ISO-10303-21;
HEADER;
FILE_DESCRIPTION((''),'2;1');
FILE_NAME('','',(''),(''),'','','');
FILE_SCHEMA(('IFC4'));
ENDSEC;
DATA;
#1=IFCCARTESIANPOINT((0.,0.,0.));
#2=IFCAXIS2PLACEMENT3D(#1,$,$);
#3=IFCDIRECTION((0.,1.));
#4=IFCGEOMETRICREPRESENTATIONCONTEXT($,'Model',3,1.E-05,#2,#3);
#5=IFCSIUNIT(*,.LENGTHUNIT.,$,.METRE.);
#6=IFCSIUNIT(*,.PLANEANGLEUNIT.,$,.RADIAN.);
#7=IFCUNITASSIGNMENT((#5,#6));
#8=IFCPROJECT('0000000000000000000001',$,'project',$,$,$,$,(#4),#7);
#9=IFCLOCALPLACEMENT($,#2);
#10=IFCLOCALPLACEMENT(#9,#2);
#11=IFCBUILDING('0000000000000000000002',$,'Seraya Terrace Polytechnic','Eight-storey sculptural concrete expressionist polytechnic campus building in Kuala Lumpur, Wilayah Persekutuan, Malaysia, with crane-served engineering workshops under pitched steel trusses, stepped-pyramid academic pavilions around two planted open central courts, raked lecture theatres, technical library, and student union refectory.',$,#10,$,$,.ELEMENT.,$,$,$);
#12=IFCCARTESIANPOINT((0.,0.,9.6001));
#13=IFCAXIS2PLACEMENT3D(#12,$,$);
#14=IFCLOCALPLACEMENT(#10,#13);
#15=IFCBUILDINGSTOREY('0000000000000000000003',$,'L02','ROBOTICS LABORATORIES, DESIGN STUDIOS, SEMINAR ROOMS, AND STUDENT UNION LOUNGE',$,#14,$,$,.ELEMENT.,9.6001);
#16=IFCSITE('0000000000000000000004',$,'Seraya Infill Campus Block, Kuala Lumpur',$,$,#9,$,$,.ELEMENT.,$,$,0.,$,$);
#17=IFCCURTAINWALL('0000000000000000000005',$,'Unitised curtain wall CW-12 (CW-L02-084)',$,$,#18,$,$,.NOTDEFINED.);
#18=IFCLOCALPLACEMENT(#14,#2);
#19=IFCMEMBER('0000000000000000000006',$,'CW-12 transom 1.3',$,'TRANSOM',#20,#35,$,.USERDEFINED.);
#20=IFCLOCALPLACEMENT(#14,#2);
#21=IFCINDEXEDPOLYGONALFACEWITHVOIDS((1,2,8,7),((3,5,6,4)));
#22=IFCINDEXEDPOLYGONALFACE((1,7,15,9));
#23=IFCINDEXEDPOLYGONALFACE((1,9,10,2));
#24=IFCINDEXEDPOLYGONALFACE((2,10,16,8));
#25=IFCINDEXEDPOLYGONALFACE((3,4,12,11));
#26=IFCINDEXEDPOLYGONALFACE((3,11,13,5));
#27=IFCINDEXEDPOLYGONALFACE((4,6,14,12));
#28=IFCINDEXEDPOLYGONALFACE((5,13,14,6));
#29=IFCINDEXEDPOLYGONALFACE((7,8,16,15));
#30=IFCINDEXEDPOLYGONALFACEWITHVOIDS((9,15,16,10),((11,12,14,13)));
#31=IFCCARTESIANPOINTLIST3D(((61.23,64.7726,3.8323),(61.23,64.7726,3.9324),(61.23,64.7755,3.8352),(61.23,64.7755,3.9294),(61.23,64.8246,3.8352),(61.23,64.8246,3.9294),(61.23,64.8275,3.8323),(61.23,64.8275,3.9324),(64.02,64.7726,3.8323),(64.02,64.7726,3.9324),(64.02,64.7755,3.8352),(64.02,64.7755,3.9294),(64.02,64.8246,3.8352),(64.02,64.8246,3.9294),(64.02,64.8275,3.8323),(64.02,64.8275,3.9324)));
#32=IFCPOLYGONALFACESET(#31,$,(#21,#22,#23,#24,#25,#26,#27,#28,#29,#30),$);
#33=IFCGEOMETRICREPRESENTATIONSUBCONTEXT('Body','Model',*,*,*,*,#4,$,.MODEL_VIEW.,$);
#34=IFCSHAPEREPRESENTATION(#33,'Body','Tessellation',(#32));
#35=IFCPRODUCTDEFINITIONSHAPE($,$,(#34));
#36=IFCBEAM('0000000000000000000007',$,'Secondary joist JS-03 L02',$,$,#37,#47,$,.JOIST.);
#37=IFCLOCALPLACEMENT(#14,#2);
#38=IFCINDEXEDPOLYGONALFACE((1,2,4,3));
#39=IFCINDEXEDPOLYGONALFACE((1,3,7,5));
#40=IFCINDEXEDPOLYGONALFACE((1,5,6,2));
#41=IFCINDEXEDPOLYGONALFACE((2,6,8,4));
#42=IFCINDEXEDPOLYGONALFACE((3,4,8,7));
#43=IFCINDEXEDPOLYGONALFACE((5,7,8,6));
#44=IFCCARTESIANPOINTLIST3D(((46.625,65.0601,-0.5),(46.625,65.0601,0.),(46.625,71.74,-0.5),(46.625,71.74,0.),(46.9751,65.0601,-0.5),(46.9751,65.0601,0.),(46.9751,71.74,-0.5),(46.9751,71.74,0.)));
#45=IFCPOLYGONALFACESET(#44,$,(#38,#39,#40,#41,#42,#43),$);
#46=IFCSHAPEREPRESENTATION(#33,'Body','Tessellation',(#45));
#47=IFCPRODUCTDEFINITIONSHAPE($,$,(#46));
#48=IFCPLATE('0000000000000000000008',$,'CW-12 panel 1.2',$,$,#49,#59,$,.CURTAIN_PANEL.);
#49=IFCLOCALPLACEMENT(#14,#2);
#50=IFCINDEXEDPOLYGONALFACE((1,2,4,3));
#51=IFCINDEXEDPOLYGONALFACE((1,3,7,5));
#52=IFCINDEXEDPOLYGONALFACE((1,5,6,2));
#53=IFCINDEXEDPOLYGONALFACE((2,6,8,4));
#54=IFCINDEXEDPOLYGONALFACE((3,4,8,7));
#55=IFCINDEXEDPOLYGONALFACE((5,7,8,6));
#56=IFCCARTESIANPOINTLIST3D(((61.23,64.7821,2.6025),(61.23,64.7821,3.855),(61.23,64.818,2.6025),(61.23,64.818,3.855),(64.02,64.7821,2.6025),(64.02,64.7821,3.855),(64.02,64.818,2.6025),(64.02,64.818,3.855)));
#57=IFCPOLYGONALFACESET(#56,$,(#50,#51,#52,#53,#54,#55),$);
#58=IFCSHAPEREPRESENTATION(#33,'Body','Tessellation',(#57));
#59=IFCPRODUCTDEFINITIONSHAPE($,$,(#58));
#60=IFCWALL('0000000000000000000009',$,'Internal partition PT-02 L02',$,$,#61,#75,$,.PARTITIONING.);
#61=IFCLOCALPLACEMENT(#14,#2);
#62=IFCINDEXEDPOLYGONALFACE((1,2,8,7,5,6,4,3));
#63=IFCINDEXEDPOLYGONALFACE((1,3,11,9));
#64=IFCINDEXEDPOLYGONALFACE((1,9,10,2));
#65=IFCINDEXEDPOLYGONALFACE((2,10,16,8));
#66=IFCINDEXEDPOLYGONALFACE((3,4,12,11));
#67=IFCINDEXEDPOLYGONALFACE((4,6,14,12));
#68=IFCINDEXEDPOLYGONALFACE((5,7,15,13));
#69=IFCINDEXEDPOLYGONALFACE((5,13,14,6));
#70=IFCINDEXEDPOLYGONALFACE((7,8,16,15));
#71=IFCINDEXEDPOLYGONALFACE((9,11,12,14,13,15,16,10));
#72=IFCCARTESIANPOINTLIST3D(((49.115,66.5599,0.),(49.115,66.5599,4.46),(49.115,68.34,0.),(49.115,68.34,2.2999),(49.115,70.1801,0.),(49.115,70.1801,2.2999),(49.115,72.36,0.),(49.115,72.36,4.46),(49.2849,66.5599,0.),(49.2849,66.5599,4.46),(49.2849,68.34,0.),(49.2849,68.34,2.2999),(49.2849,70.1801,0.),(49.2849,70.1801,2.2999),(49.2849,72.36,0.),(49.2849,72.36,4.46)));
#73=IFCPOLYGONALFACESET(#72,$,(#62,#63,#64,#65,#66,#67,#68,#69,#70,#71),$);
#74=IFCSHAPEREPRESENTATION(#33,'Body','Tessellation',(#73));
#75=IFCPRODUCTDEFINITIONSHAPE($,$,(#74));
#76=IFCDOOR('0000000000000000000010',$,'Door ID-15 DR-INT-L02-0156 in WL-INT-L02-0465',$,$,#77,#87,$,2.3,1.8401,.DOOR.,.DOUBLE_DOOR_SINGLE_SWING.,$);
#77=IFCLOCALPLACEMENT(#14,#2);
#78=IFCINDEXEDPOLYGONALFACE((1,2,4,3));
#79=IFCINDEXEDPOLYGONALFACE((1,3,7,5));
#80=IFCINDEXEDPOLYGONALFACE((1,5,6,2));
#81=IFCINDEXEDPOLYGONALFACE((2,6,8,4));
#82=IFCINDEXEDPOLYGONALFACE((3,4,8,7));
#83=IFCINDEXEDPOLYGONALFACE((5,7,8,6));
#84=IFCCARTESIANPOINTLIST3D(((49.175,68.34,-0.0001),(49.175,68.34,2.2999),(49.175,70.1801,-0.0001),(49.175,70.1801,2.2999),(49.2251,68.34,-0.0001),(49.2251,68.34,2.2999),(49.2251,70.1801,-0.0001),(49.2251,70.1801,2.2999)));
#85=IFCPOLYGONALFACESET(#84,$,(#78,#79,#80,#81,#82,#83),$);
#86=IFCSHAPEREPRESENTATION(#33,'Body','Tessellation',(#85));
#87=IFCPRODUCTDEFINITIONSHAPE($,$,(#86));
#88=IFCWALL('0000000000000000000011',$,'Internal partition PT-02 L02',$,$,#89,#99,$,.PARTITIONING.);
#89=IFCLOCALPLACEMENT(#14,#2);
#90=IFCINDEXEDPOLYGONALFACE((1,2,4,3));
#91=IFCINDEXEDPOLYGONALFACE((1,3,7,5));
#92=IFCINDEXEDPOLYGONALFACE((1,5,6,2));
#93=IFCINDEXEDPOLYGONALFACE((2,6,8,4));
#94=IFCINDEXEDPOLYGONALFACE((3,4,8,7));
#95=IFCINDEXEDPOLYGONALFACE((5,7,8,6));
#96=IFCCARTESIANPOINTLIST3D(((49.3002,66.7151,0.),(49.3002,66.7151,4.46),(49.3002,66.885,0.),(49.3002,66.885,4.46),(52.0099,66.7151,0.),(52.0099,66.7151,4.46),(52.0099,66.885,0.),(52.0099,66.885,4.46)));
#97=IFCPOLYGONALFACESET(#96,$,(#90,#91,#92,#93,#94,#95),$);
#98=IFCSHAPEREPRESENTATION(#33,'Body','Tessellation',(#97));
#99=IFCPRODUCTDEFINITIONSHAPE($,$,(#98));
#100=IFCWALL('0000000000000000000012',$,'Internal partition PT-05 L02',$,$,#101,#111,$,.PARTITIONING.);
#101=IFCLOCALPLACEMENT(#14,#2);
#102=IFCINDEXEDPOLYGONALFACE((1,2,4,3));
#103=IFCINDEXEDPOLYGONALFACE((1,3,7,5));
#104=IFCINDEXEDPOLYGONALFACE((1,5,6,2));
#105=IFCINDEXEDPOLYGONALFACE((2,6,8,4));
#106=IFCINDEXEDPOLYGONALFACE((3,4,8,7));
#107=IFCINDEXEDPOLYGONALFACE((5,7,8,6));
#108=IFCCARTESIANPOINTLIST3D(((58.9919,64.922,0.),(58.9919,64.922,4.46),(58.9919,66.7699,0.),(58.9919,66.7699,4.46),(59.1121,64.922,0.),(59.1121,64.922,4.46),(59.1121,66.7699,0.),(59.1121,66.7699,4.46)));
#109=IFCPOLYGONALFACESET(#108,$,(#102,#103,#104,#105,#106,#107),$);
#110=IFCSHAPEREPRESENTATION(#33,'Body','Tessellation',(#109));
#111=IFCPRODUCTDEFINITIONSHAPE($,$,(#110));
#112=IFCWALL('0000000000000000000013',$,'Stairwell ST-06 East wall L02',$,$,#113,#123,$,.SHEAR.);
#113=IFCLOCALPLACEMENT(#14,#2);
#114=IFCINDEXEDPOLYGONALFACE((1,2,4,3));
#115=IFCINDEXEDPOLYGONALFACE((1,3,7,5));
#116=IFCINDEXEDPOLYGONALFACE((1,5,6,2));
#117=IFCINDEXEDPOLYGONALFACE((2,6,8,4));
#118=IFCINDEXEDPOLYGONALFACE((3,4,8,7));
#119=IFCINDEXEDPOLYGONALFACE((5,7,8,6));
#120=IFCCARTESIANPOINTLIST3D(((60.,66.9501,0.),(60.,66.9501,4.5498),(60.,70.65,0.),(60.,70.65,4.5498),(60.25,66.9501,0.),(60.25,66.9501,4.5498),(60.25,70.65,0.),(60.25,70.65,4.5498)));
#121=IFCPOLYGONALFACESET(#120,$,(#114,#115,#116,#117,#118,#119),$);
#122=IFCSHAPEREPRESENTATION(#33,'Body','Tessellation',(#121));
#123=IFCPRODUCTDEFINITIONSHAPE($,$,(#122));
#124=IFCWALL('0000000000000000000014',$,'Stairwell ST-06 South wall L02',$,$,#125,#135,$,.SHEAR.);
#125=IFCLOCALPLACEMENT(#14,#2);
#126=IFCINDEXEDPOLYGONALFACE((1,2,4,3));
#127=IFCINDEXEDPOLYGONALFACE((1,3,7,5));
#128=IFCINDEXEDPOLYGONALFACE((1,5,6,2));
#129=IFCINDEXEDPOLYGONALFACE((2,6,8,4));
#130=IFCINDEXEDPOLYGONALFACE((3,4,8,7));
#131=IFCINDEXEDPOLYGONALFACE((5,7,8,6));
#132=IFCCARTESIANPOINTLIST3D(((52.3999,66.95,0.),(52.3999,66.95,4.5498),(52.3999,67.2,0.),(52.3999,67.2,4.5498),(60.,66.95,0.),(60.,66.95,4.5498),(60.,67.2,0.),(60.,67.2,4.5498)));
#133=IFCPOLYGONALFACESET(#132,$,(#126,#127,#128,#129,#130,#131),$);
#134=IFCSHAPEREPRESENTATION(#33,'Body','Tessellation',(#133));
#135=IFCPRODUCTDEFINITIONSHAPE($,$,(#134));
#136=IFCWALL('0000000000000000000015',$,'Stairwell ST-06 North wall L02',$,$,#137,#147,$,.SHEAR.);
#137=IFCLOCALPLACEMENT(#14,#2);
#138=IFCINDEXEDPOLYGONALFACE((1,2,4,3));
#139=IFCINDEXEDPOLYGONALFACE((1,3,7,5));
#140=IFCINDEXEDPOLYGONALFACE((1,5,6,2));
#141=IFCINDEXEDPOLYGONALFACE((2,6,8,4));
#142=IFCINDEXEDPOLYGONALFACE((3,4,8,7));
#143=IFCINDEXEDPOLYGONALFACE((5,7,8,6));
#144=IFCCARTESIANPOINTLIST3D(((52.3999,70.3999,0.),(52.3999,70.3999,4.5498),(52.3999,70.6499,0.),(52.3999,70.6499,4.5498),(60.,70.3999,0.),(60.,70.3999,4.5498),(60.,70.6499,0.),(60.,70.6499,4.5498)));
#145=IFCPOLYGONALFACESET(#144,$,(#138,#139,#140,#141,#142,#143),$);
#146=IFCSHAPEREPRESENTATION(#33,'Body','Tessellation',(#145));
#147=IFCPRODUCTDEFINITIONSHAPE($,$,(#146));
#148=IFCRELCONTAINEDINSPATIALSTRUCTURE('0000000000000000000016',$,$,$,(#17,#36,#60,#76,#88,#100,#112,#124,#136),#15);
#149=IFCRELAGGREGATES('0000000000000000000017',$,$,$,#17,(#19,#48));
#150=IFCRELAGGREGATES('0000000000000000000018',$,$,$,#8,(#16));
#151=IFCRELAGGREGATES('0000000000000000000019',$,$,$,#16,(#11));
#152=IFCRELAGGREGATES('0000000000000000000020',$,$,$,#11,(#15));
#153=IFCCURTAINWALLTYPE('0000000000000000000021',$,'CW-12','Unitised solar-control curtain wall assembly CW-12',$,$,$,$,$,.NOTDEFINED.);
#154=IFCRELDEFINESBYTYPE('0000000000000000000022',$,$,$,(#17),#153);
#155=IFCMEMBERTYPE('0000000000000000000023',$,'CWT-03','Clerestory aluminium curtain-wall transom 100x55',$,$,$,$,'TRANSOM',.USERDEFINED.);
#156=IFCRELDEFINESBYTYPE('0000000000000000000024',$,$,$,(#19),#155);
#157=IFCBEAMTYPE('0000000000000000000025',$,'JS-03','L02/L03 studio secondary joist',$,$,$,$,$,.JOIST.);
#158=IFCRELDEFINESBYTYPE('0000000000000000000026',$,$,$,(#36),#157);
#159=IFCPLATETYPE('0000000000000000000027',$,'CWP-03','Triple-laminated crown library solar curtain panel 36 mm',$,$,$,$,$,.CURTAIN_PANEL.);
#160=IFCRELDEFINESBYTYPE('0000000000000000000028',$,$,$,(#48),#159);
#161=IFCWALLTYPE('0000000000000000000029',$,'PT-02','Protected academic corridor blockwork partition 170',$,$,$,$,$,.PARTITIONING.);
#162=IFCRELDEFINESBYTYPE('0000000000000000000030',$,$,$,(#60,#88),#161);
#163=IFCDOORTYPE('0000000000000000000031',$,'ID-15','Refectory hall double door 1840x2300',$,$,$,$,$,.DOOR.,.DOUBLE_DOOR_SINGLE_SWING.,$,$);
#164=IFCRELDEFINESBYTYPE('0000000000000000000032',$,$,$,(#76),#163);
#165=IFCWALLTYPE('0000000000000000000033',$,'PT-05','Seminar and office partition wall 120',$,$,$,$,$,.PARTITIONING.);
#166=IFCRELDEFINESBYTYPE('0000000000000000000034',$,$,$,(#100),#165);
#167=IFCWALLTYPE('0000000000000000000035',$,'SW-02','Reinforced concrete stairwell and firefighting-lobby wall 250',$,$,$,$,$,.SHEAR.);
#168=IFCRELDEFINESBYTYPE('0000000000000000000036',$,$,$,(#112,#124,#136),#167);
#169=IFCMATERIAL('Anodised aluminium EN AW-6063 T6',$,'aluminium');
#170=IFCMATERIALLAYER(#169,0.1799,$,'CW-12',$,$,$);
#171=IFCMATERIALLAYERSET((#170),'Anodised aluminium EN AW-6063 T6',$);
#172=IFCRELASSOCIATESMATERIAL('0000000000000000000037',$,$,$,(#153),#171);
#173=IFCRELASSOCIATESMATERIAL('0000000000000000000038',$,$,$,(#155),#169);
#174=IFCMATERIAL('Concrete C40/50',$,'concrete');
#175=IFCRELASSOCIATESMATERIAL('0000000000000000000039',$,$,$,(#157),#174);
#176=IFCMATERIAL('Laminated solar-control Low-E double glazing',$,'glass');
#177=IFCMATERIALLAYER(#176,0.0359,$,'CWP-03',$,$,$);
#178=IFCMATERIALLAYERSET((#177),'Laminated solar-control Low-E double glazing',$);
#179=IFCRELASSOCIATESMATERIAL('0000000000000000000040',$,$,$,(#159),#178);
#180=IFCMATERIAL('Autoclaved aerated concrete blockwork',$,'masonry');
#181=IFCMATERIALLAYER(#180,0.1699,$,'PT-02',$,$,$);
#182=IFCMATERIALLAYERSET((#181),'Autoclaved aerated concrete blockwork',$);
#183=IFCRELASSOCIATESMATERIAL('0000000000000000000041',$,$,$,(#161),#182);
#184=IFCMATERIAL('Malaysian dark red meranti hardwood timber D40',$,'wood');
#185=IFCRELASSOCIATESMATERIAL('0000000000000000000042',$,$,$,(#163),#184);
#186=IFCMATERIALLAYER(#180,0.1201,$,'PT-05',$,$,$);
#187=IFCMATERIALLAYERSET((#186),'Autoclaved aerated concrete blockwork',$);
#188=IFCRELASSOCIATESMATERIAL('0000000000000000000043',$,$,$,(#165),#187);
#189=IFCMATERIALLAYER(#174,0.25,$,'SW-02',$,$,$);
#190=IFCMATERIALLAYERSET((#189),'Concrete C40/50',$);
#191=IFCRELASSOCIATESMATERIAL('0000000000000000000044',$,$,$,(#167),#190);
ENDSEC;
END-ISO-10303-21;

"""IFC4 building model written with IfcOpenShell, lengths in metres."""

from ifc_helpers import new_model, si_unit, direction, frame, frame_2d, origin, origin_2d, place, context, subcontext, project, spatial, rectangle, hollow_rectangle, extrude, material, layer, layer_set, material_profile, profile_set, type_object, element, fill, aggregate, save


model = new_model("IFC4")

# Units and contexts
model_context = context("Model", 3, precision=1e-05, world=origin(), true_north=direction((0.0, 1.0)))
body_context = subcontext(model_context, "Body", "Model", "MODEL_VIEW")
ifc_project = project(units=[si_unit("LENGTHUNIT", "METRE"), si_unit("PLANEANGLEUNIT", "RADIAN")], contexts=[model_context])

# Site, building, storey
site_placement = place(None, origin())
site = spatial("IfcSite", under=ifc_project, at=site_placement, Name="Seraya Infill Campus Block, Kuala Lumpur", CompositionType="ELEMENT", RefElevation=0.0)
building_placement = place(site_placement, origin())
building = spatial("IfcBuilding", under=site, at=building_placement, Name="Seraya Terrace Polytechnic", Description="Eight-storey sculptural concrete expressionist polytechnic campus building in Kuala Lumpur, Wilayah Persekutuan, Malaysia, with crane-served engineering workshops under pitched steel trusses, stepped-pyramid academic pavilions around two planted open central courts, raked lecture theatres, technical library, and student union refectory.", CompositionType="ELEMENT")
storey_placement = place(building_placement, frame((0.0, 0.0, 9.6001)))
storey = spatial("IfcBuildingStorey", under=building, at=storey_placement, Name="L02", Description="ROBOTICS LABORATORIES, DESIGN STUDIOS, SEMINAR ROOMS, AND STUDENT UNION LOUNGE", CompositionType="ELEMENT", Elevation=9.6001)

# Shared definitions
ifc_material_1 = material(Name="Concrete C40/50", Category="concrete")

# Curtain wall, member
ifc_material_2 = material(Name="Anodised aluminium EN AW-6063 T6", Category="aluminium")
ifc_layer_1 = layer(ifc_material_2, 0.1799, Name="CW-12")
ifc_layer_set_1 = layer_set([ifc_layer_1], Name="Anodised aluminium EN AW-6063 T6")
curtain_wall_type = type_object("IfcCurtainWallType", Name="CW-12", Description="Unitised solar-control curtain wall assembly CW-12", PredefinedType="NOTDEFINED", material=ifc_layer_set_1)
curtain_wall_placement = place(storey_placement, origin())
curtain_wall = element("IfcCurtainWall", 1, at=curtain_wall_placement, inside=storey, type_object=curtain_wall_type, Name="Unitised curtain wall CW-12 (CW-L02-084)", PredefinedType="NOTDEFINED")
ifc_material_profile_1 = material_profile(ifc_material_2, hollow_rectangle(XDim=0.0549, YDim=0.1001, WallThickness=0.0029, at=origin_2d()), Name="RHS 100x55x3.0")
ifc_profile_set_1 = profile_set([ifc_material_profile_1], Name="Anodised aluminium EN AW-6063 T6")
member_type_1 = type_object("IfcMemberType", Name="CWT-03", Description="Clerestory aluminium curtain-wall transom 100x55", ElementType="TRANSOM", PredefinedType="USERDEFINED", material=ifc_profile_set_1)
member_1_placement = place(storey_placement, frame((64.02, 64.8, 3.8823), z_axis=(-1.0, 0.0, 0.0), x_axis=(0.0, -1.0, 0.0)))
member_1 = element("IfcMember", 2, at=member_1_placement, type_object=member_type_1, Name="CW-12 transom 1.3", ObjectType="TRANSOM", PredefinedType="USERDEFINED", context=body_context, shape_type="SweptSolid", body=[
    extrude(hollow_rectangle(XDim=0.0549, YDim=0.1001, WallThickness=0.0029, at=origin_2d()), origin(), (0.0, 0.0, 1.0), 2.79),
])

# Beam
ifc_material_profile_2 = material_profile(ifc_material_1, rectangle(XDim=0.3501, YDim=0.5, at=origin_2d()), Name="RC 350x500")
ifc_profile_set_2 = profile_set([ifc_material_profile_2], Name="Concrete C40/50")
beam_type_1 = type_object("IfcBeamType", Name="JS-03", Description="L02/L03 studio secondary joist", PredefinedType="JOIST", material=ifc_profile_set_2)
beam_1_placement = place(storey_placement, frame((46.8, 65.0601, -0.25), z_axis=(0.0, 1.0, 0.0), x_axis=(-1.0, 0.0, 0.0)))
element("IfcBeam", 3, at=beam_1_placement, inside=storey, type_object=beam_type_1, Name="Secondary joist JS-03 L02", PredefinedType="JOIST", context=body_context, shape_type="SweptSolid", body=[
    extrude(rectangle(XDim=0.3501, YDim=0.5, at=origin_2d()), origin(), (0.0, 0.0, 1.0), 6.6799),
])

# Plate
ifc_material_3 = material(Name="Laminated solar-control Low-E double glazing", Category="glass")
ifc_layer_2 = layer(ifc_material_3, 0.0359, Name="CWP-03")
ifc_layer_set_2 = layer_set([ifc_layer_2], Name="Laminated solar-control Low-E double glazing")
plate_type = type_object("IfcPlateType", Name="CWP-03", Description="Triple-laminated crown library solar curtain panel 36 mm", PredefinedType="CURTAIN_PANEL", material=ifc_layer_set_2)
plate_placement = place(storey_placement, frame((62.625, 64.8, 2.6025), z_axis=(0.0, 0.0, 1.0), x_axis=(-1.0, 0.0, 0.0)))
plate = element("IfcPlate", 4, at=plate_placement, type_object=plate_type, Name="CW-12 panel 1.2", PredefinedType="CURTAIN_PANEL", context=body_context, shape_type="SweptSolid", body=[
    extrude(rectangle(XDim=2.79, YDim=0.0359, at=origin_2d()), origin(), (0.0, 0.0, 1.0), 1.2524),
])
aggregate(curtain_wall, [member_1, plate])

# Wall, opening, door
ifc_material_4 = material(Name="Autoclaved aerated concrete blockwork", Category="masonry")
ifc_layer_3 = layer(ifc_material_4, 0.1699, Name="PT-02")
ifc_layer_set_3 = layer_set([ifc_layer_3], Name="Autoclaved aerated concrete blockwork")
wall_type_1 = type_object("IfcWallType", Name="PT-02", Description="Protected academic corridor blockwork partition 170", PredefinedType="PARTITIONING", material=ifc_layer_set_3)
wall_1_placement = place(storey_placement, frame((49.2, 66.5601, 0.0), z_axis=(0.0, 0.0, 1.0), x_axis=(0.0, 1.0, 0.0)))
wall_1 = element("IfcWall", 5, at=wall_1_placement, inside=storey, type_object=wall_type_1, Name="Internal partition PT-02 L02", PredefinedType="PARTITIONING", context=body_context, shape_type="SweptSolid", body=[
    extrude(rectangle(XDim=5.8, YDim=0.1699, at=frame_2d((2.8999, 0.0))), origin(), (0.0, 0.0, 1.0), 4.46),
])
opening_1_placement = place(wall_1_placement, frame((1.78, 0.0, 0.0)))
opening_1 = element("IfcOpeningElement", 6, at=opening_1_placement, cuts=wall_1, PredefinedType="OPENING", context=body_context, shape_type="SweptSolid", body=[
    extrude(rectangle(XDim=1.8401, YDim=2.3, at=frame_2d((0.9199, 1.1499))), frame((0.0, 0.0969, 0.0), z_axis=(0.0, -1.0, 0.0), x_axis=(1.0, 0.0, 0.0)), (0.0, 0.0, 1.0), 0.1938),
])
ifc_material_5 = material(Name="Malaysian dark red meranti hardwood timber D40", Category="wood")
door_type_1 = type_object("IfcDoorType", Name="ID-15", Description="Refectory hall double door 1840x2300", OperationType="DOUBLE_DOOR_SINGLE_SWING", PredefinedType="DOOR", material=ifc_material_5)
door_1_placement = place(opening_1_placement, origin())
door_1 = element("IfcDoor", 7, at=door_1_placement, inside=storey, type_object=door_type_1, Name="Door ID-15 DR-INT-L02-0156 in WL-INT-L02-0465", OperationType="DOUBLE_DOOR_SINGLE_SWING", OverallHeight=2.3, OverallWidth=1.8401, PredefinedType="DOOR", context=body_context, shape_type="SweptSolid", body=[
    extrude(rectangle(XDim=1.8401, YDim=2.3, at=frame_2d((0.9199, 1.1499))), frame((0.0, 0.0249, 0.0), z_axis=(0.0, -1.0, 0.0), x_axis=(1.0, 0.0, 0.0)), (0.0, 0.0, 1.0), 0.05),
])
fill(opening_1, door_1)

# Walls
wall_2_placement = place(storey_placement, frame((49.3, 66.8, 0.0), z_axis=(0.0, 0.0, 1.0), x_axis=(1.0, 0.0, 0.0)))
element("IfcWall", 8, at=wall_2_placement, inside=storey, type_object=wall_type_1, Name="Internal partition PT-02 L02", PredefinedType="PARTITIONING", context=body_context, shape_type="SweptSolid", body=[
    extrude(rectangle(XDim=2.7097, YDim=0.1699, at=frame_2d((1.355, 0.0))), origin(), (0.0, 0.0, 1.0), 4.46),
])
ifc_layer_4 = layer(ifc_material_4, 0.1201, Name="PT-05")
ifc_layer_set_4 = layer_set([ifc_layer_4], Name="Autoclaved aerated concrete blockwork")
wall_type_2 = type_object("IfcWallType", Name="PT-05", Description="Seminar and office partition wall 120", PredefinedType="PARTITIONING", material=ifc_layer_set_4)
wall_3_placement = place(storey_placement, frame((59.052, 64.9221, 0.0), z_axis=(0.0, 0.0, 1.0), x_axis=(0.0, 1.0, 0.0)))
element("IfcWall", 9, at=wall_3_placement, inside=storey, type_object=wall_type_2, Name="Internal partition PT-05 L02", PredefinedType="PARTITIONING", context=body_context, shape_type="SweptSolid", body=[
    extrude(rectangle(XDim=1.8479, YDim=0.1201, at=frame_2d((0.9238, 0.0))), origin(), (0.0, 0.0, 1.0), 4.46),
])

# Shared definitions
ifc_layer_5 = layer(ifc_material_1, 0.25, Name="SW-02")
ifc_layer_set_5 = layer_set([ifc_layer_5], Name="Concrete C40/50")
wall_type_3 = type_object("IfcWallType", Name="SW-02", Description="Reinforced concrete stairwell and firefighting-lobby wall 250", PredefinedType="SHEAR", material=ifc_layer_set_5)

# Walls
wall_4_placement = place(storey_placement, frame((60.125, 66.95, 0.0), z_axis=(0.0, 0.0, 1.0), x_axis=(0.0, 1.0, 0.0)))
element("IfcWall", 10, at=wall_4_placement, inside=storey, type_object=wall_type_3, Name="Stairwell ST-06 East wall L02", PredefinedType="SHEAR", context=body_context, shape_type="SweptSolid", body=[
    extrude(rectangle(XDim=3.7, YDim=0.25, at=frame_2d((1.8501, 0.0))), origin(), (0.0, 0.0, 1.0), 4.5498),
])
for number, where, z_axis, x_axis, name in (
    (11, (52.3999, 67.075, 0.0), (0.0, 0.0, 1.0), (1.0, 0.0, 0.0), "Stairwell ST-06 South wall L02"),
    (12, (52.3999, 70.5249, 0.0), (0.0, 0.0, 1.0), (1.0, 0.0, 0.0), "Stairwell ST-06 North wall L02"),
):
    element("IfcWall", number, at=place(storey_placement, frame(where, z_axis=z_axis, x_axis=x_axis)), inside=storey, type_object=wall_type_3, Name=name, PredefinedType="SHEAR", context=body_context, shape_type="SweptSolid", body=[
        extrude(rectangle(XDim=7.6001, YDim=0.25, at=frame_2d((3.8, 0.0))), origin(), (0.0, 0.0, 1.0), 4.5498),
    ])

save(model, "model.ifc")
